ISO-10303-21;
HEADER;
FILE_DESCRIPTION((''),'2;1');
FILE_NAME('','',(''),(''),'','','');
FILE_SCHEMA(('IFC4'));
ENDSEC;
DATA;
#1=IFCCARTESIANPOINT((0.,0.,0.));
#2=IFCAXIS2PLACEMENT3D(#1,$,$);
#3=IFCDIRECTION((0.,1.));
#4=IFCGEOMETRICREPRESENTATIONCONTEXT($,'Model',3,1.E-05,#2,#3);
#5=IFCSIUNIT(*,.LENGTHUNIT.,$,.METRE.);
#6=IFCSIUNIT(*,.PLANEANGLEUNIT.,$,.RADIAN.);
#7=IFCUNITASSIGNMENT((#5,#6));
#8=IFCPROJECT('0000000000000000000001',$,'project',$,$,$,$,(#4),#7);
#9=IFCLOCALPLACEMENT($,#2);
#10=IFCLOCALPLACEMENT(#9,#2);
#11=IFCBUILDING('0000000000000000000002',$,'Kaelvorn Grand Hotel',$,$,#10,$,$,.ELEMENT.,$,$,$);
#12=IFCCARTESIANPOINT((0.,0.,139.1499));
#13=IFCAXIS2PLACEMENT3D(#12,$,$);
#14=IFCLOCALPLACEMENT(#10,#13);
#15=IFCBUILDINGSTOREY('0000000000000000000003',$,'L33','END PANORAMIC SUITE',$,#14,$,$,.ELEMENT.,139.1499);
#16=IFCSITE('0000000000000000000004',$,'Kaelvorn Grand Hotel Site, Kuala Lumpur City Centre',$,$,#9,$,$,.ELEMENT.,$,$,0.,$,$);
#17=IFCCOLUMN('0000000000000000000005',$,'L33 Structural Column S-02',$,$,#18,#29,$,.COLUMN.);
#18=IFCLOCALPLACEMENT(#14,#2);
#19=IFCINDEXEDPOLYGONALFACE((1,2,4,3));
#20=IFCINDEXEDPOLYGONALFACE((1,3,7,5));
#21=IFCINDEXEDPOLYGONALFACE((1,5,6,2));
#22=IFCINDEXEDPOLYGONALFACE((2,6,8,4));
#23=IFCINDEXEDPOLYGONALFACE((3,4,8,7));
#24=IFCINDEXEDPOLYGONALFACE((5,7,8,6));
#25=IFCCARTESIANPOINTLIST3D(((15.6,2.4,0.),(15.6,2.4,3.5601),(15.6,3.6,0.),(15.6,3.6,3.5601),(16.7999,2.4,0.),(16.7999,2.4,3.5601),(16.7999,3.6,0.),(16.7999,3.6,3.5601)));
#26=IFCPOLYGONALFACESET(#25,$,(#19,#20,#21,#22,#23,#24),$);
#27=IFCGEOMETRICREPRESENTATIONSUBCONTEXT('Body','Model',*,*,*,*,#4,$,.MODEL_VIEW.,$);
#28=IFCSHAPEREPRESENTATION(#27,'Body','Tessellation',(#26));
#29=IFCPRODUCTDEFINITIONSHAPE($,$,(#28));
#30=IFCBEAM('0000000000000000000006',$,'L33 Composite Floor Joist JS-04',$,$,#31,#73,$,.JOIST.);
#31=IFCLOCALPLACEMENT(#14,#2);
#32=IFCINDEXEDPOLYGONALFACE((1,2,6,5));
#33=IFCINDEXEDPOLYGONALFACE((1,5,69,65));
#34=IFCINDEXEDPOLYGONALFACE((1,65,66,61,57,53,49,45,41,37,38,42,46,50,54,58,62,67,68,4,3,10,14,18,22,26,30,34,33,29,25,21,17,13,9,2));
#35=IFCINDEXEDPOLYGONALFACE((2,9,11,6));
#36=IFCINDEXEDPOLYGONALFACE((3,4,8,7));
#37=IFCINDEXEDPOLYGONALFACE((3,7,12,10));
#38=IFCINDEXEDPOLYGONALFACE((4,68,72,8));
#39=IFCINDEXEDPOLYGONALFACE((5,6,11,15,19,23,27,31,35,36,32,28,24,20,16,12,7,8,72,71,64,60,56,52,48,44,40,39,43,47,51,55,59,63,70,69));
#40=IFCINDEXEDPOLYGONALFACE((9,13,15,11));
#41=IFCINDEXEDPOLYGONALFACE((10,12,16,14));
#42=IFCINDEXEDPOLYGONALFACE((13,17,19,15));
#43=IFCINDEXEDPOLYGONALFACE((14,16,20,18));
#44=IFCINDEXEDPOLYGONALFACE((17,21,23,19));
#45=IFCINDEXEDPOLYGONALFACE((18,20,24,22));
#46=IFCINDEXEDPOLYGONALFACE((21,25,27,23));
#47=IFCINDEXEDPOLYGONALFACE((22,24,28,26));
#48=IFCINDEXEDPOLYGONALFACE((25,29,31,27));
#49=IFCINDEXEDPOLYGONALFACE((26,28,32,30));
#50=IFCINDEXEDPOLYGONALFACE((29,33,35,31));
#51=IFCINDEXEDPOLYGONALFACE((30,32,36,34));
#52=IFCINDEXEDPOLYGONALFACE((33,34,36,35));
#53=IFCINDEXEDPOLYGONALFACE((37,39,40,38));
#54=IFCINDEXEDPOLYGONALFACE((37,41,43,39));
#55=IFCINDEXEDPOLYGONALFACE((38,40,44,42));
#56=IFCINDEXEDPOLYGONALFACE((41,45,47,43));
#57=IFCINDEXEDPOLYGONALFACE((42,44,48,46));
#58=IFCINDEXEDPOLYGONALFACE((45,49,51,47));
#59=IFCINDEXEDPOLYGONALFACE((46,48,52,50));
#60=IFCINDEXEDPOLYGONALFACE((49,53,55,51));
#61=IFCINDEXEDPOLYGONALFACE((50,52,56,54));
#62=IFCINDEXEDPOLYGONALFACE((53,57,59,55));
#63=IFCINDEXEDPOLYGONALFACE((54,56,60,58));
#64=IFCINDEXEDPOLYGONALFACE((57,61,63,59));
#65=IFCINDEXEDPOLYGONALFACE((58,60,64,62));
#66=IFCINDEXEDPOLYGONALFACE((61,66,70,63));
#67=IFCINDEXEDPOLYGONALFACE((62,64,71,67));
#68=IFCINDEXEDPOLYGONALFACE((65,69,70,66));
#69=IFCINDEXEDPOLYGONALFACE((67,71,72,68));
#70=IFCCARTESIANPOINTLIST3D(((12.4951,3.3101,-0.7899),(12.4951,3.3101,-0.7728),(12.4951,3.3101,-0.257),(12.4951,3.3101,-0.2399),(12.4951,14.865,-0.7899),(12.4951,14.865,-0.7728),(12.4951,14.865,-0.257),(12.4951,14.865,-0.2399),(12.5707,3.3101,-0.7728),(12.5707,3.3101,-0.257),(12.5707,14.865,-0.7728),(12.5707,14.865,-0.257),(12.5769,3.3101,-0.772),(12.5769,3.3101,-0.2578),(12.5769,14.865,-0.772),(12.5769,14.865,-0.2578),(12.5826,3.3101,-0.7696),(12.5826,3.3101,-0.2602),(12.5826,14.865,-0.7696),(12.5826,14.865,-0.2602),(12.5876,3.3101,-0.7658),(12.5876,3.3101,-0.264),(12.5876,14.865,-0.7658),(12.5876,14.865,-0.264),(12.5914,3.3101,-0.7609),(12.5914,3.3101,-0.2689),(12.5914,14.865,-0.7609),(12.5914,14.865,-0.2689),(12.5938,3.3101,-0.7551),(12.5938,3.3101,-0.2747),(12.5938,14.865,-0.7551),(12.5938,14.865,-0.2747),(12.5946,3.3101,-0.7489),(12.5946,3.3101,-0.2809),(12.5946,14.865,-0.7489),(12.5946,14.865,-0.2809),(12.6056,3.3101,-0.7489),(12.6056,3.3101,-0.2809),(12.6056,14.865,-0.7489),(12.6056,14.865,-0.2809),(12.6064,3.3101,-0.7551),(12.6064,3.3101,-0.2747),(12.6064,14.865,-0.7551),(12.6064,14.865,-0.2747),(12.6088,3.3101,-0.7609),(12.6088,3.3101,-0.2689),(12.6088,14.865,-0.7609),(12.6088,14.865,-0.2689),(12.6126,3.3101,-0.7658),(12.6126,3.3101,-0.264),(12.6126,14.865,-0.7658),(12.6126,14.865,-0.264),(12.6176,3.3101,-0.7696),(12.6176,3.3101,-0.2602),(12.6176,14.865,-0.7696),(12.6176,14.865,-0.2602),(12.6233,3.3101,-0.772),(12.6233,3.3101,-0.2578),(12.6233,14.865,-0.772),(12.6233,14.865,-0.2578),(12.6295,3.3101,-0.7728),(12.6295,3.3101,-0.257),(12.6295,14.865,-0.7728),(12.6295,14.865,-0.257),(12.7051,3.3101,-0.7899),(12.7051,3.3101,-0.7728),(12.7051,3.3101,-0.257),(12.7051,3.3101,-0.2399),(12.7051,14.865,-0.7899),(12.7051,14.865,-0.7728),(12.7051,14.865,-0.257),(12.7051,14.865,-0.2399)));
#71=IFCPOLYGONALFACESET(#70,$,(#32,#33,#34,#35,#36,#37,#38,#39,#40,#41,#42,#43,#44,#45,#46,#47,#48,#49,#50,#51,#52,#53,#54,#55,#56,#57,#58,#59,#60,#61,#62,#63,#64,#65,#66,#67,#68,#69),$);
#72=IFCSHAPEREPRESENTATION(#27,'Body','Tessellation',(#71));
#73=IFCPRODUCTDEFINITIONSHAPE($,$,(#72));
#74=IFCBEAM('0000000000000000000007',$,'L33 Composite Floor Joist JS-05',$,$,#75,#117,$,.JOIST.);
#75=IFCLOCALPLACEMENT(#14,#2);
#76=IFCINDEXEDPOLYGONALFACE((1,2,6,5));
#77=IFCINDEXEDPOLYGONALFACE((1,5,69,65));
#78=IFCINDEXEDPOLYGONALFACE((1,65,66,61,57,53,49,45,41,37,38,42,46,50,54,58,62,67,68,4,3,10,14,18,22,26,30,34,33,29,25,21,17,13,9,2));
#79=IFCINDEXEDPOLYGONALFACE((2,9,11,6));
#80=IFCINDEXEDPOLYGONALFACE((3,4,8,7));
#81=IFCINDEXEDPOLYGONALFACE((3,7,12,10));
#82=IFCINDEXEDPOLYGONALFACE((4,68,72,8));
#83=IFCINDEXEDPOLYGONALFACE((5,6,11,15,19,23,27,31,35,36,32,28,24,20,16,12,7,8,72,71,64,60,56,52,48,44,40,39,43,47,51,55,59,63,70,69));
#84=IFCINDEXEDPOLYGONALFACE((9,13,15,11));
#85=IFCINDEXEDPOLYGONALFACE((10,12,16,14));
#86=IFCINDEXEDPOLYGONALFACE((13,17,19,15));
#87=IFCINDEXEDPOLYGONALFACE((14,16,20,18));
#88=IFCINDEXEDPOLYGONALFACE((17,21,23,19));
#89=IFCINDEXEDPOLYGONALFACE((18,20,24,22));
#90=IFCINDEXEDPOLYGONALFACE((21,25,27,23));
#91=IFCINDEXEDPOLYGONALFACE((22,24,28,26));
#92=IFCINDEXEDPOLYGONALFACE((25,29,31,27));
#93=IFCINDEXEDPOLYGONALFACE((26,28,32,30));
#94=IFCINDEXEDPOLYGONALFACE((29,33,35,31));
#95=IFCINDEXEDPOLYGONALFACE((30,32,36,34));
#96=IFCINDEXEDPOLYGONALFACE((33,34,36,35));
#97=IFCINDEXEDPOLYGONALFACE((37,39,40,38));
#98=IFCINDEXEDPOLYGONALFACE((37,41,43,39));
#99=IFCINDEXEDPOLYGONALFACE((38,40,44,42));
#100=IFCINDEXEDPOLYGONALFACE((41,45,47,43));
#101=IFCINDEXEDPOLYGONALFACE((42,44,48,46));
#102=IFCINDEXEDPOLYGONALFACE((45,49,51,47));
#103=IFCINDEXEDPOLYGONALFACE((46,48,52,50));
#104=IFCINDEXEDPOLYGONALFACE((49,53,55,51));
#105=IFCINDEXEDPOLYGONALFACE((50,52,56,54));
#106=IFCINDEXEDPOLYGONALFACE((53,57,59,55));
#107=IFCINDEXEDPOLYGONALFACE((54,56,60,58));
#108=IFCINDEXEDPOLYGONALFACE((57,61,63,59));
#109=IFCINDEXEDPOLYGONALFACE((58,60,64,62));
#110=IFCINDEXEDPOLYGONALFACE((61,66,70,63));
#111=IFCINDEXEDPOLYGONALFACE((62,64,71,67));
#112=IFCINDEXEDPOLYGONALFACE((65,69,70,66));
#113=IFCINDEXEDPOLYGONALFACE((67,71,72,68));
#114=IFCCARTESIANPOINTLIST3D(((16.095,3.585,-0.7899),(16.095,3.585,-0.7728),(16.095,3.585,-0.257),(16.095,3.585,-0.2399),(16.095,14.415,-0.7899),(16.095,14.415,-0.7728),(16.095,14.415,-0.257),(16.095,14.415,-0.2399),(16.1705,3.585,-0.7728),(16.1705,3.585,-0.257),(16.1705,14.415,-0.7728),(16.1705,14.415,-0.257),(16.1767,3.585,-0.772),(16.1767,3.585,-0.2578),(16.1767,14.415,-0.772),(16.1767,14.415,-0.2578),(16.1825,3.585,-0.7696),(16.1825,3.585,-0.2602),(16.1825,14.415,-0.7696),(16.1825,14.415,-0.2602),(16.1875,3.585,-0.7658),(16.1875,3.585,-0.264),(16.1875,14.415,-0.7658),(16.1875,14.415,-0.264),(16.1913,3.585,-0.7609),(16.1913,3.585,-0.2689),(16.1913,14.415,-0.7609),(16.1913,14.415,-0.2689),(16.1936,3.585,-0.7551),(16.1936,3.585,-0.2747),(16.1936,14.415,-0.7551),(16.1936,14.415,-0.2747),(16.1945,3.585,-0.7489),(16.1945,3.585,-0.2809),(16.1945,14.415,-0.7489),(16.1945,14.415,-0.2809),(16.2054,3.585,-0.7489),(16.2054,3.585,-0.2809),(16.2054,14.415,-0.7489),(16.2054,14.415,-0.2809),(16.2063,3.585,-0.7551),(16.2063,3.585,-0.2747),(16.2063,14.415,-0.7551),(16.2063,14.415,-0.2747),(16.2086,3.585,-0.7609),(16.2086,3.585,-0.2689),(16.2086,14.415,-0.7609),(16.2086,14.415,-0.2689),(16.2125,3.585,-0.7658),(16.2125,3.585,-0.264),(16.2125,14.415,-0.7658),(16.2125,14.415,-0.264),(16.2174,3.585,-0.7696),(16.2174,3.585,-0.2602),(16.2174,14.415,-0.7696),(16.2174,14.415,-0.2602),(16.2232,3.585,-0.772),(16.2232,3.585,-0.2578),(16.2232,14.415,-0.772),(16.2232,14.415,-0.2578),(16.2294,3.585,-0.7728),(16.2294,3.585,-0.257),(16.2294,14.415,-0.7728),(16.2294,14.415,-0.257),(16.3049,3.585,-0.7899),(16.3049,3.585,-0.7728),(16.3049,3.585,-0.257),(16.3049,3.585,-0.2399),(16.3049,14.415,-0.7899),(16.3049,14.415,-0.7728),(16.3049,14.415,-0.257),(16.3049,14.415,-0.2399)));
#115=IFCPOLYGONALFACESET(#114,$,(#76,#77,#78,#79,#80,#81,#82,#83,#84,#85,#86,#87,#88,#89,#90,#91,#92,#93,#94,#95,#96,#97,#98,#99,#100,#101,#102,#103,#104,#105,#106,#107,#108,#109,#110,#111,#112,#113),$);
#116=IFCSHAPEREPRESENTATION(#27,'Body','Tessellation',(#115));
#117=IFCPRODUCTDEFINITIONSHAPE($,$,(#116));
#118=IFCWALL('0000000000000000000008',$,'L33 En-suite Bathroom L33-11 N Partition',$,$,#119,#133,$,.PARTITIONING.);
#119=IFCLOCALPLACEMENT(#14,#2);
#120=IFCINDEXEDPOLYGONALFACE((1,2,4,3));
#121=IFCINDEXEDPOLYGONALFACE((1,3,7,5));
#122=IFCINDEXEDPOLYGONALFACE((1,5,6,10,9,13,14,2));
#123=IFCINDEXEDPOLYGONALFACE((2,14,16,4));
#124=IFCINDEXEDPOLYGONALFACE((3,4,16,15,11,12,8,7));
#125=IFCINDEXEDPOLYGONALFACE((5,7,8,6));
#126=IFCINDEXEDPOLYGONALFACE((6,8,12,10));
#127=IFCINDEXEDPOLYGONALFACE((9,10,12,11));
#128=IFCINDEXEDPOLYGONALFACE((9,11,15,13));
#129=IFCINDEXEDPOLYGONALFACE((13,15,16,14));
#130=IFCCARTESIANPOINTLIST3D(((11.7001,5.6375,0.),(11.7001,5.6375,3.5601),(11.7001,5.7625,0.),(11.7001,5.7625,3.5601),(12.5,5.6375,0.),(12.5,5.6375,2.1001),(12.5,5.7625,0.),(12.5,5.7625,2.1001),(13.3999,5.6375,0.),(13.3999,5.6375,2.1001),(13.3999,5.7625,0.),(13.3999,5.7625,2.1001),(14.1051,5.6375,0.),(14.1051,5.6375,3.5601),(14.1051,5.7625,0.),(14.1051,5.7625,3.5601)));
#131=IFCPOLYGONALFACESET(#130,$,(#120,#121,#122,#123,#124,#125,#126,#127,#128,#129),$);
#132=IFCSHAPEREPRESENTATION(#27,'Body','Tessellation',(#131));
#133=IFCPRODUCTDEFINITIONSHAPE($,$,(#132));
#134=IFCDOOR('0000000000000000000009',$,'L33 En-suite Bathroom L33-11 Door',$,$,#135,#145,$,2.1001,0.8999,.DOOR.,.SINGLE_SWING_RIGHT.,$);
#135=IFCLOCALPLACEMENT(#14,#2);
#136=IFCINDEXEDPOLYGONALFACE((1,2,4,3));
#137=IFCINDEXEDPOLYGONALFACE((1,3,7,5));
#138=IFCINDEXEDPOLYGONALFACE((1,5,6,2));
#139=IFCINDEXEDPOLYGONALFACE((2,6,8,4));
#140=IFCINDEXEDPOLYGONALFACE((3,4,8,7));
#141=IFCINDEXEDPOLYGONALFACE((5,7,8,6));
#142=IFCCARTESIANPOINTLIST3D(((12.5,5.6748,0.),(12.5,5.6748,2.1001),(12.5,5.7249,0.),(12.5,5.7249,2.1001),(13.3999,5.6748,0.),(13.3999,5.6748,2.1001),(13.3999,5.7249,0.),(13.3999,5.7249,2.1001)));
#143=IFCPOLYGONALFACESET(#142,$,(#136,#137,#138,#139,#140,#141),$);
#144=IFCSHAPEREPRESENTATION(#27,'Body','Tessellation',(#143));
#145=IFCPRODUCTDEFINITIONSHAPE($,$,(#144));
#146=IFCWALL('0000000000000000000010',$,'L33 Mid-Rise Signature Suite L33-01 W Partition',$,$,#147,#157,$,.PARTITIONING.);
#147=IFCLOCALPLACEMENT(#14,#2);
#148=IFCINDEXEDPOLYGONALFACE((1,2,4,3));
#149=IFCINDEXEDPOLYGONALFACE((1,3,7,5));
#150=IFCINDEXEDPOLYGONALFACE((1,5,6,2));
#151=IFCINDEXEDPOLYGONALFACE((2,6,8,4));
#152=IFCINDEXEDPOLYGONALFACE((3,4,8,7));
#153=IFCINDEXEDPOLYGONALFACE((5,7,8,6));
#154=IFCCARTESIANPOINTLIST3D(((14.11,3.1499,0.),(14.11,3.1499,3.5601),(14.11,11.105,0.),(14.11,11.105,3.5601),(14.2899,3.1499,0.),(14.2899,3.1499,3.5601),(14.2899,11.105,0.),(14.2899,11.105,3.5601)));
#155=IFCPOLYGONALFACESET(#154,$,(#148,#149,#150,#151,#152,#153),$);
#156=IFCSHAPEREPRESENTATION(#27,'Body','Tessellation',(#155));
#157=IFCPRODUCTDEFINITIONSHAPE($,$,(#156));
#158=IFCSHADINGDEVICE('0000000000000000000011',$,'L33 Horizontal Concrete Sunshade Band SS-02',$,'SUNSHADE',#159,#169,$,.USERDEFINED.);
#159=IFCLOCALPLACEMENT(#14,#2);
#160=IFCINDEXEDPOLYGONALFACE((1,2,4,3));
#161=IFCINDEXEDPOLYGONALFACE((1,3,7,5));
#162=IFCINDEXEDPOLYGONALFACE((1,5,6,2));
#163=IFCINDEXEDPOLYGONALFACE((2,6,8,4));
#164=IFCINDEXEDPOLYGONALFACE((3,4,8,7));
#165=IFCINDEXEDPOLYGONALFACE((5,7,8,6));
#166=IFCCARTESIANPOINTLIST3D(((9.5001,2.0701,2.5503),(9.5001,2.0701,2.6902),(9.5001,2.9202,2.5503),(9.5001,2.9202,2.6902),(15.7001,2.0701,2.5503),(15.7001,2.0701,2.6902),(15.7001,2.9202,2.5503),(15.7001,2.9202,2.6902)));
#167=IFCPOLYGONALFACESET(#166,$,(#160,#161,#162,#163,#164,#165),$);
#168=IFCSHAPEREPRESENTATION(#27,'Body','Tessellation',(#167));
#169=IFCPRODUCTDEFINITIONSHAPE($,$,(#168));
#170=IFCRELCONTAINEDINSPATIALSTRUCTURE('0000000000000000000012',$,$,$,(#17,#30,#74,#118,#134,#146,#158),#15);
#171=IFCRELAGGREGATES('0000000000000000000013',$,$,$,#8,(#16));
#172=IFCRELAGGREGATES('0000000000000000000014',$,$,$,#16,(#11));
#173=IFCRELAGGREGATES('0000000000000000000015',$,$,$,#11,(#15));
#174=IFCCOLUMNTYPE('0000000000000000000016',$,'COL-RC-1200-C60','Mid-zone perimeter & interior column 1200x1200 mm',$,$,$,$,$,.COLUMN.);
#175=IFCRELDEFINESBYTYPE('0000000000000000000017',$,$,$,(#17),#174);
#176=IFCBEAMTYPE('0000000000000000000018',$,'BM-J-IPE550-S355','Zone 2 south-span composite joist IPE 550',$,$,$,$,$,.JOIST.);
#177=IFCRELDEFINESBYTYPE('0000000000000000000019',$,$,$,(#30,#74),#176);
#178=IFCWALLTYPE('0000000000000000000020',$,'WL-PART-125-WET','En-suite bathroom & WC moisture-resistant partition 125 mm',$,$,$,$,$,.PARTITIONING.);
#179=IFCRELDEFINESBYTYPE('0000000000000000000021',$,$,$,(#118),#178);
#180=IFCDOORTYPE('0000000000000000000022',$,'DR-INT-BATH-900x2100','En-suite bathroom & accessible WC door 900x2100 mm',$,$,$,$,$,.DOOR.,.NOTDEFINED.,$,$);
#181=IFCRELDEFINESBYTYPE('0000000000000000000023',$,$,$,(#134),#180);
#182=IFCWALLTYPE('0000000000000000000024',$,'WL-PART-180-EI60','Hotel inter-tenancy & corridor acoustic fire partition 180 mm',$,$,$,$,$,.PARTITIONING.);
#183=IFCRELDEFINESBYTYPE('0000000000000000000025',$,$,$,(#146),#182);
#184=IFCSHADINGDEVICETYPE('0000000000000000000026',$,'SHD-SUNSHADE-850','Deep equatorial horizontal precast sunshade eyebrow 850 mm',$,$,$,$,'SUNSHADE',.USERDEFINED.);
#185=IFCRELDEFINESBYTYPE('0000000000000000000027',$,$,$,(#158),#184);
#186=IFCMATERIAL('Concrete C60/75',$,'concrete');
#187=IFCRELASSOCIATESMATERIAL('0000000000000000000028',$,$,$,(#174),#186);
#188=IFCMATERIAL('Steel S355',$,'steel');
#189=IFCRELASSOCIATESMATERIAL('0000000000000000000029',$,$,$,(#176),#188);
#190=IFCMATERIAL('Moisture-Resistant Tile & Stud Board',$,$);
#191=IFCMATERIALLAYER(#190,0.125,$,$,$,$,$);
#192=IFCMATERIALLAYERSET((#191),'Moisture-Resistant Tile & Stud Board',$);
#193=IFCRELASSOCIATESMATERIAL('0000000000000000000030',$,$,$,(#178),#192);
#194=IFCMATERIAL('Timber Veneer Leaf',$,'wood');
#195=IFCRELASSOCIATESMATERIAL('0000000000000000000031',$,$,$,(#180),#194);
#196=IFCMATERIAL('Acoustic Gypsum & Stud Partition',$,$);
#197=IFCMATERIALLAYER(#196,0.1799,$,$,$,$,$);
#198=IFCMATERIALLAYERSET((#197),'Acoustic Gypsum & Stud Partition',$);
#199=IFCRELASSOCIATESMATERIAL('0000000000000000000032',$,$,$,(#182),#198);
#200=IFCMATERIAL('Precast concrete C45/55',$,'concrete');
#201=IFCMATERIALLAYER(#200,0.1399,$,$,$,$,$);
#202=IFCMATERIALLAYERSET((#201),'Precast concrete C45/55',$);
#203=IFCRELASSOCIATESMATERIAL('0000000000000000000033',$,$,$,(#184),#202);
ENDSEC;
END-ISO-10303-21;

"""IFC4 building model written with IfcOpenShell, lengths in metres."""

from ifc_helpers import new_model, si_unit, direction, frame, frame_2d, origin, origin_2d, place, context, subcontext, project, spatial, rectangle, i_section, extrude, material, layer, layer_set, material_profile, profile_set, type_object, element, fill, save


model = new_model("IFC4")

# Units and contexts
model_context = context("Model", 3, precision=1e-05, world=origin(), true_north=direction((0.0, 1.0)))
body_context = subcontext(model_context, "Body", "Model", "MODEL_VIEW")
ifc_project = project(units=[si_unit("LENGTHUNIT", "METRE"), si_unit("PLANEANGLEUNIT", "RADIAN")], contexts=[model_context])

# Site, building, storey
site_placement = place(None, origin())
site = spatial("IfcSite", under=ifc_project, at=site_placement, Name="Kaelvorn Grand Hotel Site, Kuala Lumpur City Centre", CompositionType="ELEMENT", RefElevation=0.0)
building_placement = place(site_placement, origin())
building = spatial("IfcBuilding", under=site, at=building_placement, Name="Kaelvorn Grand Hotel", CompositionType="ELEMENT")
storey_placement = place(building_placement, frame((0.0, 0.0, 139.1499)))
storey = spatial("IfcBuildingStorey", under=building, at=storey_placement, Name="L33", Description="END PANORAMIC SUITE", CompositionType="ELEMENT", Elevation=139.1499)

# Column
ifc_material_1 = material(Name="Concrete C60/75", Category="concrete")
ifc_material_profile_1 = material_profile(ifc_material_1, rectangle(XDim=1.2, YDim=1.2, at=origin_2d()), Name="RC COL 1200x1200")
ifc_profile_set_1 = profile_set([ifc_material_profile_1], Name="Concrete C60/75")
column_type = type_object("IfcColumnType", Name="COL-RC-1200-C60", Description="Mid-zone perimeter & interior column 1200x1200 mm", PredefinedType="COLUMN", material=ifc_profile_set_1)
column_placement = place(storey_placement, frame((16.2, 3.0, 0.0), z_axis=(0.0, 0.0, 1.0), x_axis=(1.0, 0.0, 0.0)))
element("IfcColumn", 1, at=column_placement, inside=storey, type_object=column_type, Name="L33 Structural Column S-02", PredefinedType="COLUMN", context=body_context, shape_type="SweptSolid", body=[
    extrude(rectangle(XDim=1.2, YDim=1.2, at=origin_2d()), origin(), (0.0, 0.0, 1.0), 3.5601),
])

# Beams
ifc_material_2 = material(Name="Steel S355", Category="steel")
ifc_material_profile_2 = material_profile(ifc_material_2, i_section(OverallWidth=0.21, OverallDepth=0.55, WebThickness=0.011, FlangeThickness=0.0171, FilletRadius=0.0239, at=origin_2d()), Name="IPE 550")
ifc_profile_set_2 = profile_set([ifc_material_profile_2], Name="Steel S355")
beam_type = type_object("IfcBeamType", Name="BM-J-IPE550-S355", Description="Zone 2 south-span composite joist IPE 550", PredefinedType="JOIST", material=ifc_profile_set_2)
beam_1_placement = place(storey_placement, frame((12.6001, 3.3101, -0.5149), z_axis=(0.0, 1.0, 0.0), x_axis=(-1.0, 0.0, 0.0)))
element("IfcBeam", 2, at=beam_1_placement, inside=storey, type_object=beam_type, Name="L33 Composite Floor Joist JS-04", PredefinedType="JOIST", context=body_context, shape_type="SweptSolid", body=[
    extrude(i_section(OverallWidth=0.21, OverallDepth=0.55, WebThickness=0.011, FlangeThickness=0.0171, FilletRadius=0.0239, at=origin_2d()), origin(), (0.0, 0.0, 1.0), 11.5549),
])
beam_2_placement = place(storey_placement, frame((16.2, 3.585, -0.5149), z_axis=(0.0, 1.0, 0.0), x_axis=(-1.0, 0.0, 0.0)))
element("IfcBeam", 3, at=beam_2_placement, inside=storey, type_object=beam_type, Name="L33 Composite Floor Joist JS-05", PredefinedType="JOIST", context=body_context, shape_type="SweptSolid", body=[
    extrude(i_section(OverallWidth=0.21, OverallDepth=0.55, WebThickness=0.011, FlangeThickness=0.0171, FilletRadius=0.0239, at=origin_2d()), origin(), (0.0, 0.0, 1.0), 10.8301),
])

# Wall, opening, door
ifc_material_3 = material(Name="Moisture-Resistant Tile & Stud Board")
ifc_layer_1 = layer(ifc_material_3, 0.125)
ifc_layer_set_1 = layer_set([ifc_layer_1], Name="Moisture-Resistant Tile & Stud Board")
wall_type_1 = type_object("IfcWallType", Name="WL-PART-125-WET", Description="En-suite bathroom & WC moisture-resistant partition 125 mm", PredefinedType="PARTITIONING", material=ifc_layer_set_1)
wall_1_placement = place(storey_placement, frame((11.7, 5.7, 0.0), z_axis=(0.0, 0.0, 1.0), x_axis=(1.0, 0.0, 0.0)))
wall_1 = element("IfcWall", 4, at=wall_1_placement, inside=storey, type_object=wall_type_1, Name="L33 En-suite Bathroom L33-11 N Partition", PredefinedType="PARTITIONING", context=body_context, shape_type="SweptSolid", body=[
    extrude(rectangle(XDim=2.405, YDim=0.125, at=frame_2d((1.2026, 0.0))), origin(), (0.0, 0.0, 1.0), 3.5601),
])
opening_placement = place(wall_1_placement, frame((0.8, 0.0, 0.0)))
opening = element("IfcOpeningElement", 5, at=opening_placement, cuts=wall_1, PredefinedType="OPENING", context=body_context, shape_type="SweptSolid", body=[
    extrude(rectangle(XDim=0.8999, YDim=2.1001, at=frame_2d((0.45, 1.05))), frame((0.0, 0.0725, 0.0), z_axis=(0.0, -1.0, 0.0), x_axis=(1.0, 0.0, 0.0)), (0.0, 0.0, 1.0), 0.145),
])
ifc_material_4 = material(Name="Timber Veneer Leaf", Category="wood")
door_type = type_object("IfcDoorType", Name="DR-INT-BATH-900x2100", Description="En-suite bathroom & accessible WC door 900x2100 mm", OperationType="NOTDEFINED", PredefinedType="DOOR", material=ifc_material_4)
door_placement = place(opening_placement, origin())
door = element("IfcDoor", 6, at=door_placement, inside=storey, type_object=door_type, Name="L33 En-suite Bathroom L33-11 Door", OperationType="SINGLE_SWING_RIGHT", OverallHeight=2.1001, OverallWidth=0.8999, PredefinedType="DOOR", context=body_context, shape_type="SweptSolid", body=[
    extrude(rectangle(XDim=0.8999, YDim=2.1001, at=frame_2d((0.45, 1.05))), frame((0.0, 0.0249, 0.0), z_axis=(0.0, -1.0, 0.0), x_axis=(1.0, 0.0, 0.0)), (0.0, 0.0, 1.0), 0.05),
])
fill(opening, door)

# Wall
ifc_material_5 = material(Name="Acoustic Gypsum & Stud Partition")
ifc_layer_2 = layer(ifc_material_5, 0.1799)
ifc_layer_set_2 = layer_set([ifc_layer_2], Name="Acoustic Gypsum & Stud Partition")
wall_type_2 = type_object("IfcWallType", Name="WL-PART-180-EI60", Description="Hotel inter-tenancy & corridor acoustic fire partition 180 mm", PredefinedType="PARTITIONING", material=ifc_layer_set_2)
wall_2_placement = place(storey_placement, frame((14.2, 3.1499, 0.0), z_axis=(0.0, 0.0, 1.0), x_axis=(0.0, 1.0, 0.0)))
element("IfcWall", 7, at=wall_2_placement, inside=storey, type_object=wall_type_2, Name="L33 Mid-Rise Signature Suite L33-01 W Partition", PredefinedType="PARTITIONING", context=body_context, shape_type="SweptSolid", body=[
    extrude(rectangle(XDim=7.9551, YDim=0.1799, at=frame_2d((3.9775, 0.0))), origin(), (0.0, 0.0, 1.0), 3.5601),
])

# Shading device
ifc_material_6 = material(Name="Precast concrete C45/55", Category="concrete")
ifc_layer_3 = layer(ifc_material_6, 0.1399)
ifc_layer_set_3 = layer_set([ifc_layer_3], Name="Precast concrete C45/55")
shading_device_type = type_object("IfcShadingDeviceType", Name="SHD-SUNSHADE-850", Description="Deep equatorial horizontal precast sunshade eyebrow 850 mm", ElementType="SUNSHADE", PredefinedType="USERDEFINED", material=ifc_layer_set_3)
shading_device_placement = place(storey_placement, frame((12.6001, 2.4951, 2.5503), z_axis=(0.0, 0.0, 1.0), x_axis=(1.0, 0.0, 0.0)))
element("IfcShadingDevice", 8, at=shading_device_placement, inside=storey, type_object=shading_device_type, Name="L33 Horizontal Concrete Sunshade Band SS-02", ObjectType="SUNSHADE", PredefinedType="USERDEFINED", context=body_context, shape_type="SweptSolid", body=[
    extrude(rectangle(XDim=6.2, YDim=0.8501, at=origin_2d()), origin(), (0.0, 0.0, 1.0), 0.1399),
])

save(model, "model.ifc")
